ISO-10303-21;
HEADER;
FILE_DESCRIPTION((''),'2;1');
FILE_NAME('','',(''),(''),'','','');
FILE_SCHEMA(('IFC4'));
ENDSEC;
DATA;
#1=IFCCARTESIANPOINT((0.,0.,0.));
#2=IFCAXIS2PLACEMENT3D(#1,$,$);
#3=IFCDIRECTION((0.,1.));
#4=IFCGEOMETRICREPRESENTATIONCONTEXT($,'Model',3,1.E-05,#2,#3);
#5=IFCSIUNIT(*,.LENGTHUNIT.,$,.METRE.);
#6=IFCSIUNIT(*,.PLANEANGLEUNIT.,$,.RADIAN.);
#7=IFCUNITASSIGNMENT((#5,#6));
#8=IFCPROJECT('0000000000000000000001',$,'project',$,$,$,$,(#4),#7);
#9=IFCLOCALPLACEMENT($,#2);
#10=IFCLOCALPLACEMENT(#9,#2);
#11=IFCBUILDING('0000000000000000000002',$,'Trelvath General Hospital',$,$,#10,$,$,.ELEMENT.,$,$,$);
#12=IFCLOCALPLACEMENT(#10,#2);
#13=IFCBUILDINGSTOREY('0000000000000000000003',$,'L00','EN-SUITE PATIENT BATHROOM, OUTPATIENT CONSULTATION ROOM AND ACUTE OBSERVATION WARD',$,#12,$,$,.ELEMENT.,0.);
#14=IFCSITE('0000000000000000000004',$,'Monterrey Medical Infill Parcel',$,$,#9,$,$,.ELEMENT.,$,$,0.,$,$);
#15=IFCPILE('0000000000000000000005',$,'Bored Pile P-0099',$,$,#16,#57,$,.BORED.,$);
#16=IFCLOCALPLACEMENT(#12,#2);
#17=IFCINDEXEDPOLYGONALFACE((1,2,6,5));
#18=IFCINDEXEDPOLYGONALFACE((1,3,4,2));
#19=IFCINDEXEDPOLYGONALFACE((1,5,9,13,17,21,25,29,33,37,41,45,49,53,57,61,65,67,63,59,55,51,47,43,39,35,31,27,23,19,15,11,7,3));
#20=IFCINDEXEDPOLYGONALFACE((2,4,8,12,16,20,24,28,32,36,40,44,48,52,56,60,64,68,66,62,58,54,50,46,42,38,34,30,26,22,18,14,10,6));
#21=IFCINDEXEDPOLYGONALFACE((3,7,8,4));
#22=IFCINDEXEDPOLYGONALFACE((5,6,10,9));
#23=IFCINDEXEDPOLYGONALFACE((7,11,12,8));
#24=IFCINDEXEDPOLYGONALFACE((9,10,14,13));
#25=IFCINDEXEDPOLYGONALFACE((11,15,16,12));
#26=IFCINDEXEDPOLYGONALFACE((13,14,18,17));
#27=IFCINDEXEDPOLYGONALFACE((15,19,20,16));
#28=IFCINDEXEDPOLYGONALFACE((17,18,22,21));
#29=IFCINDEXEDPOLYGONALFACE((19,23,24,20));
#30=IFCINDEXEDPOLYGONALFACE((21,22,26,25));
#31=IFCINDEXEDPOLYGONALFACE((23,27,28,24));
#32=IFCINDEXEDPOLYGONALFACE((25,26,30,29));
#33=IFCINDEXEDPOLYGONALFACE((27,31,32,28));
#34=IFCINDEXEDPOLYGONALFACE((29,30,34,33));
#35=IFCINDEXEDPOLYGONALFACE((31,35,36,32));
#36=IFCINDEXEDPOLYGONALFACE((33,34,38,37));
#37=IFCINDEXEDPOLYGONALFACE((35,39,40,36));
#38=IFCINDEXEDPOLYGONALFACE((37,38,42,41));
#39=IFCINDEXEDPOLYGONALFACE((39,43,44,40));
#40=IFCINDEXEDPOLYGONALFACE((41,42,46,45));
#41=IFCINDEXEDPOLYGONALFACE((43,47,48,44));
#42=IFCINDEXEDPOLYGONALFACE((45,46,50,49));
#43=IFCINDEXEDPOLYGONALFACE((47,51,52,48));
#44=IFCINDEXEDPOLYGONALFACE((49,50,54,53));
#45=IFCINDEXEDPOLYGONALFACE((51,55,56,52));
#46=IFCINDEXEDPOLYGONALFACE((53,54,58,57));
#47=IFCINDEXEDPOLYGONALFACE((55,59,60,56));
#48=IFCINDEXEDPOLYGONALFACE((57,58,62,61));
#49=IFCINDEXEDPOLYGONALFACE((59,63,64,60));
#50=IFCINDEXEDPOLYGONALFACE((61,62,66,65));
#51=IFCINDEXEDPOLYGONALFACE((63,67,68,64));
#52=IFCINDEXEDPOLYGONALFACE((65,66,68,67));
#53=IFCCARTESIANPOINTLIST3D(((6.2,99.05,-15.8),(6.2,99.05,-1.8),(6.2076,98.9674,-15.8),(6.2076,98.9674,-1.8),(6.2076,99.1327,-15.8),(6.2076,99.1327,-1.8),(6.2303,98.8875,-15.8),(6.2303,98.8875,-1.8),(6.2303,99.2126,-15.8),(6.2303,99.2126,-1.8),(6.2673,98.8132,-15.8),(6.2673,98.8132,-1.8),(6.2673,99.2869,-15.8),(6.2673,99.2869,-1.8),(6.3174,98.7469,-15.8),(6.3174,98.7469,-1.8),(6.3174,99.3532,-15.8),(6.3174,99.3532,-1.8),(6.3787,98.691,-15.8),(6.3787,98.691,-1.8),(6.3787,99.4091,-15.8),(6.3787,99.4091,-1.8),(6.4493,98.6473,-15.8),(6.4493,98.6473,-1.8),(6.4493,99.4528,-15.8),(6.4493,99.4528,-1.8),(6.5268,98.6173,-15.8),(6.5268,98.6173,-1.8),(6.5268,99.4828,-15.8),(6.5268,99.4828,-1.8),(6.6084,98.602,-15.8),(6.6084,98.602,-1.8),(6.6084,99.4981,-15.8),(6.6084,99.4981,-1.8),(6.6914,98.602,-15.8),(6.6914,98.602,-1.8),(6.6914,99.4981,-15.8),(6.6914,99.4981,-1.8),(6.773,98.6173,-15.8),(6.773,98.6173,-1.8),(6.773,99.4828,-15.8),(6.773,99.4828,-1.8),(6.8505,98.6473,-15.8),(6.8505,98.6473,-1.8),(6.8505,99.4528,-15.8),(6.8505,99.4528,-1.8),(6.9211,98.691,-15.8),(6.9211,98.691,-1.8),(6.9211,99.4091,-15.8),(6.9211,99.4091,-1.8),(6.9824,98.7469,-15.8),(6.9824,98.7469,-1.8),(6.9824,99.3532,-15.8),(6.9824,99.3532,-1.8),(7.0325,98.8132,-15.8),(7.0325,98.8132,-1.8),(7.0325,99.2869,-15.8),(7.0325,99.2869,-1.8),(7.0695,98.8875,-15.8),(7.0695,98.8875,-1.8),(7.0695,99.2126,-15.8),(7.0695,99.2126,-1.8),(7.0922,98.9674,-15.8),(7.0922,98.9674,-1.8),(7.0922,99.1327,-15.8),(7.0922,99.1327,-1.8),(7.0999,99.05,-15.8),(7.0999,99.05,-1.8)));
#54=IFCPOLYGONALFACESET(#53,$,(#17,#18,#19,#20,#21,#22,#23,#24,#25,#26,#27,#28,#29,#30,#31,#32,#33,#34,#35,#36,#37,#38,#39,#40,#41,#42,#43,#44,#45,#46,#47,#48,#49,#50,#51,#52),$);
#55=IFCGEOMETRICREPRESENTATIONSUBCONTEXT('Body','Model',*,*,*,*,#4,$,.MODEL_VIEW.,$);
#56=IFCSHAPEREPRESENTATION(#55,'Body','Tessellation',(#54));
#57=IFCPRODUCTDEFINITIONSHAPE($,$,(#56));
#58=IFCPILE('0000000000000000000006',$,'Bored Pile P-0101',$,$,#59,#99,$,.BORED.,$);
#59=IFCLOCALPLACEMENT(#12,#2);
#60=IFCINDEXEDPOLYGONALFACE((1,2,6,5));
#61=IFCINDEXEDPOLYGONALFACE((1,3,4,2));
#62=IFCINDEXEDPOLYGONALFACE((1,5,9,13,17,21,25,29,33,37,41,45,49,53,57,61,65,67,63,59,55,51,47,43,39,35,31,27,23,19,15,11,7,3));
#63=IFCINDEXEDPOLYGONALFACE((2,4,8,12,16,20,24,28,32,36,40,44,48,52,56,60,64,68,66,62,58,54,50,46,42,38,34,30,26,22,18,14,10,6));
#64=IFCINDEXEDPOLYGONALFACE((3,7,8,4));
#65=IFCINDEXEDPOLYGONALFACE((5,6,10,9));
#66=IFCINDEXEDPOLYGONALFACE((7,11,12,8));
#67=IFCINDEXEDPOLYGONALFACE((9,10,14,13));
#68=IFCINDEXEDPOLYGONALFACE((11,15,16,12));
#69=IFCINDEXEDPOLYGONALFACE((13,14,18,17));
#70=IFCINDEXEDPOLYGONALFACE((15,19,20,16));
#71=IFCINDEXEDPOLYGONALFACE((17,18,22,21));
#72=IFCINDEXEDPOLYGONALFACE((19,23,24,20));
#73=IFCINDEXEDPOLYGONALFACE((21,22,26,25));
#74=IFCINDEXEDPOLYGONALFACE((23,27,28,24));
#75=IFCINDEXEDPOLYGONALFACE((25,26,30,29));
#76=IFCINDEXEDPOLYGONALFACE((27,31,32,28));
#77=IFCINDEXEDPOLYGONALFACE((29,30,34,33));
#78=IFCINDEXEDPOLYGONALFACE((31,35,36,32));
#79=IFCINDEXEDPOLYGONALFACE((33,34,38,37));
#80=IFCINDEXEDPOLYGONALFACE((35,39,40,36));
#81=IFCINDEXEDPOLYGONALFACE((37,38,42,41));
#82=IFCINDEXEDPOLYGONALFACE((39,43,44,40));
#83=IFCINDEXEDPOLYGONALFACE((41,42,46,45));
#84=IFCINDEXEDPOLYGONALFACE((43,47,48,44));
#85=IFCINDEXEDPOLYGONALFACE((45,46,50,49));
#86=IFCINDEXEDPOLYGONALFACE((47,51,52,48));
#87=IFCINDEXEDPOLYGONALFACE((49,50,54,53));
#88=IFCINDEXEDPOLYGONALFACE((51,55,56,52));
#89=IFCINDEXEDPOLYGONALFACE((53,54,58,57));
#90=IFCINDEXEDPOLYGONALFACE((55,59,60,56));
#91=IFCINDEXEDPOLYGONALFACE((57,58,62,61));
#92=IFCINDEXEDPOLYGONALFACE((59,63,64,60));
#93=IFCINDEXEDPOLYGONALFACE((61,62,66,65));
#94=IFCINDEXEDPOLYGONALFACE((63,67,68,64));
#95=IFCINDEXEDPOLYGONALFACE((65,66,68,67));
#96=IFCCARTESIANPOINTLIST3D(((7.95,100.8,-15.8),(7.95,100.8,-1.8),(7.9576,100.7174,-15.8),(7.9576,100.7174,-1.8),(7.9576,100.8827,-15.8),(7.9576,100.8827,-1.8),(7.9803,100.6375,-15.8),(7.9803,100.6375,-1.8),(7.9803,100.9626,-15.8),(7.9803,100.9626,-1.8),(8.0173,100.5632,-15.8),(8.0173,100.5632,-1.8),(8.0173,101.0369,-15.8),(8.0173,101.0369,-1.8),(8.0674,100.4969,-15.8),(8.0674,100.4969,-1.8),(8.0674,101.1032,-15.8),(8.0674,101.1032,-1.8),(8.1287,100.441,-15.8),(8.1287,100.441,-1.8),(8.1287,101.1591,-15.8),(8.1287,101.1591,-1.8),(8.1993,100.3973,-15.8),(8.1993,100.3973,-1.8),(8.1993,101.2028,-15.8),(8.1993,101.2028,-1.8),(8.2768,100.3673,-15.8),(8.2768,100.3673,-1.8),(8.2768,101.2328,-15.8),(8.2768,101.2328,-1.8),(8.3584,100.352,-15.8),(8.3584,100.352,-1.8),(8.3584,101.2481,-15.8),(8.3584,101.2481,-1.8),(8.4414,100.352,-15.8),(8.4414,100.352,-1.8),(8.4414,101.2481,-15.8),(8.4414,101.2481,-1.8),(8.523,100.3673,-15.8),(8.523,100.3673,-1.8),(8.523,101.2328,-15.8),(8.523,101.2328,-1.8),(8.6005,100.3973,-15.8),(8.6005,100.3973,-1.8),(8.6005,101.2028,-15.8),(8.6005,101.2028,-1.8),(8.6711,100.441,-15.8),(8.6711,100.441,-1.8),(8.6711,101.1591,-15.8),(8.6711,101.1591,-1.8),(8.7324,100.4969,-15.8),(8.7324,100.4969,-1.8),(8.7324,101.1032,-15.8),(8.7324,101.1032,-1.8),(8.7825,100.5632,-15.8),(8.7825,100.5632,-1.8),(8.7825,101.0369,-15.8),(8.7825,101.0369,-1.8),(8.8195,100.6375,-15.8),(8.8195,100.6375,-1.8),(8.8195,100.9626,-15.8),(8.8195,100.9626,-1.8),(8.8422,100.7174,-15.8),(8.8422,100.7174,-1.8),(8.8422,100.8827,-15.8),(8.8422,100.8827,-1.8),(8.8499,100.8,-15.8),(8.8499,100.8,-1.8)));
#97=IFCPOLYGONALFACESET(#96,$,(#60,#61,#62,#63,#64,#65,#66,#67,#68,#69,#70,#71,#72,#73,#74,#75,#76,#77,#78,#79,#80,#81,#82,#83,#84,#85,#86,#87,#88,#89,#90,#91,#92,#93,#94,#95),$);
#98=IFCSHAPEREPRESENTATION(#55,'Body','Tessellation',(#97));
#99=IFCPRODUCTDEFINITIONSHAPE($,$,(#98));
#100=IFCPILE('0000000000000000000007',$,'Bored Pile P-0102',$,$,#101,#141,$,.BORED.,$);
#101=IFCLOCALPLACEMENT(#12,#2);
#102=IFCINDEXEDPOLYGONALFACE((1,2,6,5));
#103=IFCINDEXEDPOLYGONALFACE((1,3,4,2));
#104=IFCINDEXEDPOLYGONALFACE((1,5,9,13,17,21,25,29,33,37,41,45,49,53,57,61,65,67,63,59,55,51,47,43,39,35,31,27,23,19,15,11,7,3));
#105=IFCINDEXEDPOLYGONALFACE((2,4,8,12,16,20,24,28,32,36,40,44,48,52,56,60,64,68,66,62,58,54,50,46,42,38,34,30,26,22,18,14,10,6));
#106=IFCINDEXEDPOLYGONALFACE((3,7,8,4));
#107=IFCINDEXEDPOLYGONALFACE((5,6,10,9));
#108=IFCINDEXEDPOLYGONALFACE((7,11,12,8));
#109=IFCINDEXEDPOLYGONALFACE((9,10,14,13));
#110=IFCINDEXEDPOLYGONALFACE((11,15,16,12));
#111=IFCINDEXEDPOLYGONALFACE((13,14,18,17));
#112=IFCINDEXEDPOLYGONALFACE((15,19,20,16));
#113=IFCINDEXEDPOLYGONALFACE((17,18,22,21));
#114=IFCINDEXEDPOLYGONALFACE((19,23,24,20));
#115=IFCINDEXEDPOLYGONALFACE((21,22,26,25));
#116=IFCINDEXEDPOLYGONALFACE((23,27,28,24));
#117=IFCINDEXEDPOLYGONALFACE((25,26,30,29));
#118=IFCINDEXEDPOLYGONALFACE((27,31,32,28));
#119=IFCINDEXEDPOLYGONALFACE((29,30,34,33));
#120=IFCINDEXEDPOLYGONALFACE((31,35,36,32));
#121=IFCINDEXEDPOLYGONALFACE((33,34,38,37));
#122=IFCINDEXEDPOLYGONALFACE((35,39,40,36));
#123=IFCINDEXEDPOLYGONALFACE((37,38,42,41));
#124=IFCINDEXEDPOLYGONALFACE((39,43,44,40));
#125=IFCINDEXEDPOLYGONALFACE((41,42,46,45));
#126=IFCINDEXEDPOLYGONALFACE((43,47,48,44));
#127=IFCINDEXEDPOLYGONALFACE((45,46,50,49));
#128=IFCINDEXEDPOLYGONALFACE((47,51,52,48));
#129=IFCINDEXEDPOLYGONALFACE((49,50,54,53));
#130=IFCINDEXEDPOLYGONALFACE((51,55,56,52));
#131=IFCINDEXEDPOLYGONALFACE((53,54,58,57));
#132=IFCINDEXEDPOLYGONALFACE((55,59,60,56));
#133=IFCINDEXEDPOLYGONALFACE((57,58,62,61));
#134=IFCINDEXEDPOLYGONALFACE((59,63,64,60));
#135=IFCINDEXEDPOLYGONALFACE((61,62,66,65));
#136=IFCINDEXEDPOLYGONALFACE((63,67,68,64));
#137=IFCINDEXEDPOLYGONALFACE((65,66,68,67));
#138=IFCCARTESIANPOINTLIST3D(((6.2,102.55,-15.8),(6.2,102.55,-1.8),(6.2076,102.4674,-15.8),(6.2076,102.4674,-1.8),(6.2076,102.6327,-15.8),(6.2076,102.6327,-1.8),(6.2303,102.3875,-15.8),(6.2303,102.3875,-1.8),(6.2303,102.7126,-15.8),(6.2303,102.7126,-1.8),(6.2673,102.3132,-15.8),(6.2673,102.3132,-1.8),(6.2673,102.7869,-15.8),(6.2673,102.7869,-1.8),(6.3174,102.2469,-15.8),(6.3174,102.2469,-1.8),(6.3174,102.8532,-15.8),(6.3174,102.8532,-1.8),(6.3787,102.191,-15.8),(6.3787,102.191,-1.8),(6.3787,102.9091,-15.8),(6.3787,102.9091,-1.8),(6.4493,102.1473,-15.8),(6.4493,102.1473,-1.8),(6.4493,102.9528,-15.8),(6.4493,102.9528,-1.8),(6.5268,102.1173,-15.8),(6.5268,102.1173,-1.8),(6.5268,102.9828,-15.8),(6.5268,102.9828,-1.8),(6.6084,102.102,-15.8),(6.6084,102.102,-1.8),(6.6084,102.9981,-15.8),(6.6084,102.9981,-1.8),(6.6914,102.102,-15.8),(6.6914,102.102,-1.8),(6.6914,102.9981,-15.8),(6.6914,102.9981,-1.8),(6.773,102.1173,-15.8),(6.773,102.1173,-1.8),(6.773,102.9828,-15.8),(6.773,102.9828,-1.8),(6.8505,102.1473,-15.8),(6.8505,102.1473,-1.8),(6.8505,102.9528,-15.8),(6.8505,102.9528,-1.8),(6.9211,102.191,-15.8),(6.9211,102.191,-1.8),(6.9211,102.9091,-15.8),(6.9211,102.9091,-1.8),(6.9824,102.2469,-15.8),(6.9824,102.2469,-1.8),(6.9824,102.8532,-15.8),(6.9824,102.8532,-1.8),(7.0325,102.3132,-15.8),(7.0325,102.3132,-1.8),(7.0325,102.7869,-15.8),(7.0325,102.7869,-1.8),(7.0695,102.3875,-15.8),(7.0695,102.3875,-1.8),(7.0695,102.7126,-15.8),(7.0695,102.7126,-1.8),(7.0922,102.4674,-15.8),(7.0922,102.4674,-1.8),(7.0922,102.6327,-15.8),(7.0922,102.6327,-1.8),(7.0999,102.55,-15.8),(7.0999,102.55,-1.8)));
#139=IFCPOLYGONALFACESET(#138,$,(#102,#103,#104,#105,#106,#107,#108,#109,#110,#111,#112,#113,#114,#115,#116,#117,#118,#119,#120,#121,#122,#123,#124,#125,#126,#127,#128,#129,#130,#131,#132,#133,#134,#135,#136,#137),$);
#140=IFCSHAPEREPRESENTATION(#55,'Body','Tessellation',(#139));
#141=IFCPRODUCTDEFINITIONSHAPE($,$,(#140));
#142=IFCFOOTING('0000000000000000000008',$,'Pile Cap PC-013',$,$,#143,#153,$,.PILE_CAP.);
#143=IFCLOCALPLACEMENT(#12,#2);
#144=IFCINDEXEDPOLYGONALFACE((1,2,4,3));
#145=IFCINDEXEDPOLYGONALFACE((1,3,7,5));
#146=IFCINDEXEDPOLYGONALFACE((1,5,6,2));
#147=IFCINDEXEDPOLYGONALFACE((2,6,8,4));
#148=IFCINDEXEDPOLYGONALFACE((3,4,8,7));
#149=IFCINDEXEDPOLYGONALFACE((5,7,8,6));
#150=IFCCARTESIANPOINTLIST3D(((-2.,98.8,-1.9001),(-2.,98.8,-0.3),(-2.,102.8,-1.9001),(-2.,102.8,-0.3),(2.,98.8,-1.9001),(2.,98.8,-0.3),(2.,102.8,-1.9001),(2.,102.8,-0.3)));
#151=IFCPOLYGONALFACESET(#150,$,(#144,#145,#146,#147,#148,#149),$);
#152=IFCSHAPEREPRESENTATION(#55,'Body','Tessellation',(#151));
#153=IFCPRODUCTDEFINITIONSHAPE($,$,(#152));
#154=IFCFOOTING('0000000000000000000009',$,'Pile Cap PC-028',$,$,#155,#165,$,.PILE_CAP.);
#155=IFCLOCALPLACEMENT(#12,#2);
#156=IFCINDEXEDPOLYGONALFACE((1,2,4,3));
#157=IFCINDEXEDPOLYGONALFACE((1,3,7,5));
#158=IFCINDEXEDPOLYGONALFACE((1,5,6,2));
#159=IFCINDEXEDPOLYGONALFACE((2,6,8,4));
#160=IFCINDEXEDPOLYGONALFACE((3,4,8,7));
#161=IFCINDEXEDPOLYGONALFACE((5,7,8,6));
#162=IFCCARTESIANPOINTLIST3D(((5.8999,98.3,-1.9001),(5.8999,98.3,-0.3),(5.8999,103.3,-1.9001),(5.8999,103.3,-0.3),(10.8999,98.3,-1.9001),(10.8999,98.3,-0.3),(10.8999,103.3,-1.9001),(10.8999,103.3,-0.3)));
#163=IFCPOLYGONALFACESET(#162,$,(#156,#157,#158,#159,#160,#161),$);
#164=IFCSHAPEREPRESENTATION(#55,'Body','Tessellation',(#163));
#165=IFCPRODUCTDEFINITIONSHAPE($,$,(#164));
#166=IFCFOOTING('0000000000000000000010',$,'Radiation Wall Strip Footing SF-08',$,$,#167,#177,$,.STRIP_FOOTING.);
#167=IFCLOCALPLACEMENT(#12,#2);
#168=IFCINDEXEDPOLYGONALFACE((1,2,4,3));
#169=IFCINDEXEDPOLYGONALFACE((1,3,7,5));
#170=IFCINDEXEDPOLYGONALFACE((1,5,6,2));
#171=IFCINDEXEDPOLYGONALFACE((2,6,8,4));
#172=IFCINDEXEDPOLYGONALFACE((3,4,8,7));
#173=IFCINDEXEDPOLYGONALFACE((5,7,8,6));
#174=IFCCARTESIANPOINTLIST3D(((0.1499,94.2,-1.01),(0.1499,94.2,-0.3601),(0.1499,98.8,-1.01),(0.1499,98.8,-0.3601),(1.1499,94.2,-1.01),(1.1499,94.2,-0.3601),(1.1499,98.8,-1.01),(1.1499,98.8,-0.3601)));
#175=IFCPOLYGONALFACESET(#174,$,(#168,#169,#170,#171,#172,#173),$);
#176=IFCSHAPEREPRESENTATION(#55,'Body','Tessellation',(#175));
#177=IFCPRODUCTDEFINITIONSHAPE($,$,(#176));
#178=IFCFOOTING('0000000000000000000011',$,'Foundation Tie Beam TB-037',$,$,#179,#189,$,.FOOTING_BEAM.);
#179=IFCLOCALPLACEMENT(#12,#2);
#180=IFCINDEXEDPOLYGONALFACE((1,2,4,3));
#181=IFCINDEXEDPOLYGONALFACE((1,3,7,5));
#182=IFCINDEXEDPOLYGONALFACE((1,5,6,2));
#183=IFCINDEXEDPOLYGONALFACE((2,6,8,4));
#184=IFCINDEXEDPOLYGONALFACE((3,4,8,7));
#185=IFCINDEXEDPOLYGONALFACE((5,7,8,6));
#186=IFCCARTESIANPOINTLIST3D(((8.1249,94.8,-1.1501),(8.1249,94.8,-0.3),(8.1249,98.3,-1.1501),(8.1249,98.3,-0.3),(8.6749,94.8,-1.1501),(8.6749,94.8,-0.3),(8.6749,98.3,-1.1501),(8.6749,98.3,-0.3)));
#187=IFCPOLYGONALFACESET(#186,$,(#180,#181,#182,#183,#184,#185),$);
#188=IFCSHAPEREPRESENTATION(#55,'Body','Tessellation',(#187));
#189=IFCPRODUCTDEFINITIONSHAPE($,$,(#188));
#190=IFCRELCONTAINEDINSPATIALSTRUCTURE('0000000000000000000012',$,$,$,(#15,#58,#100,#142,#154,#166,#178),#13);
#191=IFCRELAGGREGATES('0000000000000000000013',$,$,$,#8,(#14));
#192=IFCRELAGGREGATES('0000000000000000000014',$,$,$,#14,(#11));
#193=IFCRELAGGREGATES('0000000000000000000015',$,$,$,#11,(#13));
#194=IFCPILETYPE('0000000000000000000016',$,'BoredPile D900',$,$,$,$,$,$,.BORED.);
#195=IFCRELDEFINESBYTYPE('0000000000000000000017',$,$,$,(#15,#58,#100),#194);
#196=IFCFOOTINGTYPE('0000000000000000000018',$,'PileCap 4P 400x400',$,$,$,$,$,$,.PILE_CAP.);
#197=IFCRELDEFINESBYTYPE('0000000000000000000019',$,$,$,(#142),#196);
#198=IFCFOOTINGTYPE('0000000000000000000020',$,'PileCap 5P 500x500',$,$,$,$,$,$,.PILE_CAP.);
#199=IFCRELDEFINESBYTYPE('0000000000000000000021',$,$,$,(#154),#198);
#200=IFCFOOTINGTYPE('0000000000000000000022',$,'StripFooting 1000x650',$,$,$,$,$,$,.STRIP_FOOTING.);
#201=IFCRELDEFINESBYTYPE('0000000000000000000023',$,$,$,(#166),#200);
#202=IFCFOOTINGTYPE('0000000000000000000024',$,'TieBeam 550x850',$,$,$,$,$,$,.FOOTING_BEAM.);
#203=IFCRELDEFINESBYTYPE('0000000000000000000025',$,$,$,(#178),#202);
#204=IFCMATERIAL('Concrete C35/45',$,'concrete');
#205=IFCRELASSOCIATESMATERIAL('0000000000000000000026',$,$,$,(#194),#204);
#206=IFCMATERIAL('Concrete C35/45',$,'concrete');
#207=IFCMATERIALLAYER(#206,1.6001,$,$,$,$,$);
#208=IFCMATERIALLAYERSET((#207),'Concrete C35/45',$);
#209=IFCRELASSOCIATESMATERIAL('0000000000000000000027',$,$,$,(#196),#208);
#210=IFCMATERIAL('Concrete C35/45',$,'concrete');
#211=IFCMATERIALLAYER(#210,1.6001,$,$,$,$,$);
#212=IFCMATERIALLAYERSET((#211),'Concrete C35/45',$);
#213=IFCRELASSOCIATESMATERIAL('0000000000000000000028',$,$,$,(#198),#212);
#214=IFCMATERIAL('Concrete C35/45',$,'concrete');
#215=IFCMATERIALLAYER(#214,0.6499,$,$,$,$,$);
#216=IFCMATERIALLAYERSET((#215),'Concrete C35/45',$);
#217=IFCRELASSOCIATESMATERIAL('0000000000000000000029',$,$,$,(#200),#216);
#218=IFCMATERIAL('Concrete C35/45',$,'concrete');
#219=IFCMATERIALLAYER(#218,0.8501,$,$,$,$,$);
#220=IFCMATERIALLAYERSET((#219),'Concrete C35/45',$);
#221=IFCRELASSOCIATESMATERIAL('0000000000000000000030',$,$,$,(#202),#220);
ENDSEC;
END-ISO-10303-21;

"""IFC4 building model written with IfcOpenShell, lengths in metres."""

from ifc_helpers import new_model, si_unit, direction, frame, origin, origin_2d, place, context, subcontext, project, spatial, rectangle, circle, extrude, material, layer, layer_set, material_profile, profile_set, type_object, element, save


model = new_model("IFC4")

# Units and contexts
model_context = context("Model", 3, precision=1e-05, world=origin(), true_north=direction((0.0, 1.0)))
body_context = subcontext(model_context, "Body", "Model", "MODEL_VIEW")
ifc_project = project(units=[si_unit("LENGTHUNIT", "METRE"), si_unit("PLANEANGLEUNIT", "RADIAN")], contexts=[model_context])

# Site, building, storey
site_placement = place(None, origin())
site = spatial("IfcSite", under=ifc_project, at=site_placement, Name="Monterrey Medical Infill Parcel", CompositionType="ELEMENT", RefElevation=0.0)
building_placement = place(site_placement, origin())
building = spatial("IfcBuilding", under=site, at=building_placement, Name="Trelvath General Hospital", CompositionType="ELEMENT")
storey_placement = place(building_placement, origin())
storey = spatial("IfcBuildingStorey", under=building, at=storey_placement, Name="L00", Description="EN-SUITE PATIENT BATHROOM, OUTPATIENT CONSULTATION ROOM AND ACUTE OBSERVATION WARD", CompositionType="ELEMENT", Elevation=0.0)

# Piles
ifc_material_1 = material(Name="Concrete C35/45", Category="concrete")
ifc_material_profile_1 = material_profile(ifc_material_1, circle(Radius=0.45, at=origin_2d()), Name="PILE900")
ifc_profile_set_1 = profile_set([ifc_material_profile_1], Name="Concrete C35/45")
pile_type_1 = type_object("IfcPileType", Name="BoredPile D900", PredefinedType="BORED", material=ifc_profile_set_1)
for number, where, z_axis, x_axis, name in (
    (1, (6.6499, 99.05, -1.8), (0.0, 0.0, -1.0), (1.0, 0.0, 0.0), "Bored Pile P-0099"),
    (2, (8.3999, 100.8, -1.8), (0.0, 0.0, -1.0), (1.0, 0.0, 0.0), "Bored Pile P-0101"),
    (3, (6.6499, 102.55, -1.8), (0.0, 0.0, -1.0), (1.0, 0.0, 0.0), "Bored Pile P-0102"),
):
    element("IfcPile", number, at=place(storey_placement, frame(where, z_axis=z_axis, x_axis=x_axis)), inside=storey, type_object=pile_type_1, Name=name, PredefinedType="BORED", context=body_context, shape_type="SweptSolid", body=[
        extrude(circle(Radius=0.45, at=origin_2d()), origin(), (0.0, 0.0, 1.0), 14.0),
    ])

# Footings
ifc_material_2 = material(Name="Concrete C35/45", Category="concrete")
ifc_layer_1 = layer(ifc_material_2, 1.6001)
ifc_layer_set_1 = layer_set([ifc_layer_1], Name="Concrete C35/45")
footing_type_1 = type_object("IfcFootingType", Name="PileCap 4P 400x400", PredefinedType="PILE_CAP", material=ifc_layer_set_1)
footing_1_placement = place(storey_placement, frame((0.0, 100.8, -1.9001), z_axis=(0.0, 0.0, 1.0), x_axis=(1.0, 0.0, 0.0)))
element("IfcFooting", 4, at=footing_1_placement, inside=storey, type_object=footing_type_1, Name="Pile Cap PC-013", PredefinedType="PILE_CAP", context=body_context, shape_type="SweptSolid", body=[
    extrude(rectangle(XDim=4.0, YDim=4.0, at=origin_2d()), origin(), (0.0, 0.0, 1.0), 1.6001),
])
ifc_material_3 = material(Name="Concrete C35/45", Category="concrete")
ifc_layer_2 = layer(ifc_material_3, 1.6001)
ifc_layer_set_2 = layer_set([ifc_layer_2], Name="Concrete C35/45")
footing_type_2 = type_object("IfcFootingType", Name="PileCap 5P 500x500", PredefinedType="PILE_CAP", material=ifc_layer_set_2)
footing_2_placement = place(storey_placement, frame((8.3999, 100.8, -1.9001), z_axis=(0.0, 0.0, 1.0), x_axis=(1.0, 0.0, 0.0)))
element("IfcFooting", 5, at=footing_2_placement, inside=storey, type_object=footing_type_2, Name="Pile Cap PC-028", PredefinedType="PILE_CAP", context=body_context, shape_type="SweptSolid", body=[
    extrude(rectangle(XDim=5.0, YDim=5.0, at=origin_2d()), origin(), (0.0, 0.0, 1.0), 1.6001),
])
ifc_material_4 = material(Name="Concrete C35/45", Category="concrete")
ifc_layer_3 = layer(ifc_material_4, 0.6499)
ifc_layer_set_3 = layer_set([ifc_layer_3], Name="Concrete C35/45")
footing_type_3 = type_object("IfcFootingType", Name="StripFooting 1000x650", PredefinedType="STRIP_FOOTING", material=ifc_layer_set_3)
footing_3_placement = place(storey_placement, frame((0.6499, 96.5, -1.01), z_axis=(0.0, 0.0, 1.0), x_axis=(1.0, 0.0, 0.0)))
element("IfcFooting", 6, at=footing_3_placement, inside=storey, type_object=footing_type_3, Name="Radiation Wall Strip Footing SF-08", PredefinedType="STRIP_FOOTING", context=body_context, shape_type="SweptSolid", body=[
    extrude(rectangle(XDim=1.0, YDim=4.6001, at=origin_2d()), origin(), (0.0, 0.0, 1.0), 0.6499),
])
ifc_material_5 = material(Name="Concrete C35/45", Category="concrete")
ifc_layer_4 = layer(ifc_material_5, 0.8501)
ifc_layer_set_4 = layer_set([ifc_layer_4], Name="Concrete C35/45")
footing_type_4 = type_object("IfcFootingType", Name="TieBeam 550x850", PredefinedType="FOOTING_BEAM", material=ifc_layer_set_4)
footing_4_placement = place(storey_placement, frame((8.3999, 96.55, -1.1501), z_axis=(0.0, 0.0, 1.0), x_axis=(1.0, 0.0, 0.0)))
element("IfcFooting", 7, at=footing_4_placement, inside=storey, type_object=footing_type_4, Name="Foundation Tie Beam TB-037", PredefinedType="FOOTING_BEAM", context=body_context, shape_type="SweptSolid", body=[
    extrude(rectangle(XDim=0.55, YDim=3.5, at=origin_2d()), origin(), (0.0, 0.0, 1.0), 0.8501),
])

save(model, "model.ifc")
